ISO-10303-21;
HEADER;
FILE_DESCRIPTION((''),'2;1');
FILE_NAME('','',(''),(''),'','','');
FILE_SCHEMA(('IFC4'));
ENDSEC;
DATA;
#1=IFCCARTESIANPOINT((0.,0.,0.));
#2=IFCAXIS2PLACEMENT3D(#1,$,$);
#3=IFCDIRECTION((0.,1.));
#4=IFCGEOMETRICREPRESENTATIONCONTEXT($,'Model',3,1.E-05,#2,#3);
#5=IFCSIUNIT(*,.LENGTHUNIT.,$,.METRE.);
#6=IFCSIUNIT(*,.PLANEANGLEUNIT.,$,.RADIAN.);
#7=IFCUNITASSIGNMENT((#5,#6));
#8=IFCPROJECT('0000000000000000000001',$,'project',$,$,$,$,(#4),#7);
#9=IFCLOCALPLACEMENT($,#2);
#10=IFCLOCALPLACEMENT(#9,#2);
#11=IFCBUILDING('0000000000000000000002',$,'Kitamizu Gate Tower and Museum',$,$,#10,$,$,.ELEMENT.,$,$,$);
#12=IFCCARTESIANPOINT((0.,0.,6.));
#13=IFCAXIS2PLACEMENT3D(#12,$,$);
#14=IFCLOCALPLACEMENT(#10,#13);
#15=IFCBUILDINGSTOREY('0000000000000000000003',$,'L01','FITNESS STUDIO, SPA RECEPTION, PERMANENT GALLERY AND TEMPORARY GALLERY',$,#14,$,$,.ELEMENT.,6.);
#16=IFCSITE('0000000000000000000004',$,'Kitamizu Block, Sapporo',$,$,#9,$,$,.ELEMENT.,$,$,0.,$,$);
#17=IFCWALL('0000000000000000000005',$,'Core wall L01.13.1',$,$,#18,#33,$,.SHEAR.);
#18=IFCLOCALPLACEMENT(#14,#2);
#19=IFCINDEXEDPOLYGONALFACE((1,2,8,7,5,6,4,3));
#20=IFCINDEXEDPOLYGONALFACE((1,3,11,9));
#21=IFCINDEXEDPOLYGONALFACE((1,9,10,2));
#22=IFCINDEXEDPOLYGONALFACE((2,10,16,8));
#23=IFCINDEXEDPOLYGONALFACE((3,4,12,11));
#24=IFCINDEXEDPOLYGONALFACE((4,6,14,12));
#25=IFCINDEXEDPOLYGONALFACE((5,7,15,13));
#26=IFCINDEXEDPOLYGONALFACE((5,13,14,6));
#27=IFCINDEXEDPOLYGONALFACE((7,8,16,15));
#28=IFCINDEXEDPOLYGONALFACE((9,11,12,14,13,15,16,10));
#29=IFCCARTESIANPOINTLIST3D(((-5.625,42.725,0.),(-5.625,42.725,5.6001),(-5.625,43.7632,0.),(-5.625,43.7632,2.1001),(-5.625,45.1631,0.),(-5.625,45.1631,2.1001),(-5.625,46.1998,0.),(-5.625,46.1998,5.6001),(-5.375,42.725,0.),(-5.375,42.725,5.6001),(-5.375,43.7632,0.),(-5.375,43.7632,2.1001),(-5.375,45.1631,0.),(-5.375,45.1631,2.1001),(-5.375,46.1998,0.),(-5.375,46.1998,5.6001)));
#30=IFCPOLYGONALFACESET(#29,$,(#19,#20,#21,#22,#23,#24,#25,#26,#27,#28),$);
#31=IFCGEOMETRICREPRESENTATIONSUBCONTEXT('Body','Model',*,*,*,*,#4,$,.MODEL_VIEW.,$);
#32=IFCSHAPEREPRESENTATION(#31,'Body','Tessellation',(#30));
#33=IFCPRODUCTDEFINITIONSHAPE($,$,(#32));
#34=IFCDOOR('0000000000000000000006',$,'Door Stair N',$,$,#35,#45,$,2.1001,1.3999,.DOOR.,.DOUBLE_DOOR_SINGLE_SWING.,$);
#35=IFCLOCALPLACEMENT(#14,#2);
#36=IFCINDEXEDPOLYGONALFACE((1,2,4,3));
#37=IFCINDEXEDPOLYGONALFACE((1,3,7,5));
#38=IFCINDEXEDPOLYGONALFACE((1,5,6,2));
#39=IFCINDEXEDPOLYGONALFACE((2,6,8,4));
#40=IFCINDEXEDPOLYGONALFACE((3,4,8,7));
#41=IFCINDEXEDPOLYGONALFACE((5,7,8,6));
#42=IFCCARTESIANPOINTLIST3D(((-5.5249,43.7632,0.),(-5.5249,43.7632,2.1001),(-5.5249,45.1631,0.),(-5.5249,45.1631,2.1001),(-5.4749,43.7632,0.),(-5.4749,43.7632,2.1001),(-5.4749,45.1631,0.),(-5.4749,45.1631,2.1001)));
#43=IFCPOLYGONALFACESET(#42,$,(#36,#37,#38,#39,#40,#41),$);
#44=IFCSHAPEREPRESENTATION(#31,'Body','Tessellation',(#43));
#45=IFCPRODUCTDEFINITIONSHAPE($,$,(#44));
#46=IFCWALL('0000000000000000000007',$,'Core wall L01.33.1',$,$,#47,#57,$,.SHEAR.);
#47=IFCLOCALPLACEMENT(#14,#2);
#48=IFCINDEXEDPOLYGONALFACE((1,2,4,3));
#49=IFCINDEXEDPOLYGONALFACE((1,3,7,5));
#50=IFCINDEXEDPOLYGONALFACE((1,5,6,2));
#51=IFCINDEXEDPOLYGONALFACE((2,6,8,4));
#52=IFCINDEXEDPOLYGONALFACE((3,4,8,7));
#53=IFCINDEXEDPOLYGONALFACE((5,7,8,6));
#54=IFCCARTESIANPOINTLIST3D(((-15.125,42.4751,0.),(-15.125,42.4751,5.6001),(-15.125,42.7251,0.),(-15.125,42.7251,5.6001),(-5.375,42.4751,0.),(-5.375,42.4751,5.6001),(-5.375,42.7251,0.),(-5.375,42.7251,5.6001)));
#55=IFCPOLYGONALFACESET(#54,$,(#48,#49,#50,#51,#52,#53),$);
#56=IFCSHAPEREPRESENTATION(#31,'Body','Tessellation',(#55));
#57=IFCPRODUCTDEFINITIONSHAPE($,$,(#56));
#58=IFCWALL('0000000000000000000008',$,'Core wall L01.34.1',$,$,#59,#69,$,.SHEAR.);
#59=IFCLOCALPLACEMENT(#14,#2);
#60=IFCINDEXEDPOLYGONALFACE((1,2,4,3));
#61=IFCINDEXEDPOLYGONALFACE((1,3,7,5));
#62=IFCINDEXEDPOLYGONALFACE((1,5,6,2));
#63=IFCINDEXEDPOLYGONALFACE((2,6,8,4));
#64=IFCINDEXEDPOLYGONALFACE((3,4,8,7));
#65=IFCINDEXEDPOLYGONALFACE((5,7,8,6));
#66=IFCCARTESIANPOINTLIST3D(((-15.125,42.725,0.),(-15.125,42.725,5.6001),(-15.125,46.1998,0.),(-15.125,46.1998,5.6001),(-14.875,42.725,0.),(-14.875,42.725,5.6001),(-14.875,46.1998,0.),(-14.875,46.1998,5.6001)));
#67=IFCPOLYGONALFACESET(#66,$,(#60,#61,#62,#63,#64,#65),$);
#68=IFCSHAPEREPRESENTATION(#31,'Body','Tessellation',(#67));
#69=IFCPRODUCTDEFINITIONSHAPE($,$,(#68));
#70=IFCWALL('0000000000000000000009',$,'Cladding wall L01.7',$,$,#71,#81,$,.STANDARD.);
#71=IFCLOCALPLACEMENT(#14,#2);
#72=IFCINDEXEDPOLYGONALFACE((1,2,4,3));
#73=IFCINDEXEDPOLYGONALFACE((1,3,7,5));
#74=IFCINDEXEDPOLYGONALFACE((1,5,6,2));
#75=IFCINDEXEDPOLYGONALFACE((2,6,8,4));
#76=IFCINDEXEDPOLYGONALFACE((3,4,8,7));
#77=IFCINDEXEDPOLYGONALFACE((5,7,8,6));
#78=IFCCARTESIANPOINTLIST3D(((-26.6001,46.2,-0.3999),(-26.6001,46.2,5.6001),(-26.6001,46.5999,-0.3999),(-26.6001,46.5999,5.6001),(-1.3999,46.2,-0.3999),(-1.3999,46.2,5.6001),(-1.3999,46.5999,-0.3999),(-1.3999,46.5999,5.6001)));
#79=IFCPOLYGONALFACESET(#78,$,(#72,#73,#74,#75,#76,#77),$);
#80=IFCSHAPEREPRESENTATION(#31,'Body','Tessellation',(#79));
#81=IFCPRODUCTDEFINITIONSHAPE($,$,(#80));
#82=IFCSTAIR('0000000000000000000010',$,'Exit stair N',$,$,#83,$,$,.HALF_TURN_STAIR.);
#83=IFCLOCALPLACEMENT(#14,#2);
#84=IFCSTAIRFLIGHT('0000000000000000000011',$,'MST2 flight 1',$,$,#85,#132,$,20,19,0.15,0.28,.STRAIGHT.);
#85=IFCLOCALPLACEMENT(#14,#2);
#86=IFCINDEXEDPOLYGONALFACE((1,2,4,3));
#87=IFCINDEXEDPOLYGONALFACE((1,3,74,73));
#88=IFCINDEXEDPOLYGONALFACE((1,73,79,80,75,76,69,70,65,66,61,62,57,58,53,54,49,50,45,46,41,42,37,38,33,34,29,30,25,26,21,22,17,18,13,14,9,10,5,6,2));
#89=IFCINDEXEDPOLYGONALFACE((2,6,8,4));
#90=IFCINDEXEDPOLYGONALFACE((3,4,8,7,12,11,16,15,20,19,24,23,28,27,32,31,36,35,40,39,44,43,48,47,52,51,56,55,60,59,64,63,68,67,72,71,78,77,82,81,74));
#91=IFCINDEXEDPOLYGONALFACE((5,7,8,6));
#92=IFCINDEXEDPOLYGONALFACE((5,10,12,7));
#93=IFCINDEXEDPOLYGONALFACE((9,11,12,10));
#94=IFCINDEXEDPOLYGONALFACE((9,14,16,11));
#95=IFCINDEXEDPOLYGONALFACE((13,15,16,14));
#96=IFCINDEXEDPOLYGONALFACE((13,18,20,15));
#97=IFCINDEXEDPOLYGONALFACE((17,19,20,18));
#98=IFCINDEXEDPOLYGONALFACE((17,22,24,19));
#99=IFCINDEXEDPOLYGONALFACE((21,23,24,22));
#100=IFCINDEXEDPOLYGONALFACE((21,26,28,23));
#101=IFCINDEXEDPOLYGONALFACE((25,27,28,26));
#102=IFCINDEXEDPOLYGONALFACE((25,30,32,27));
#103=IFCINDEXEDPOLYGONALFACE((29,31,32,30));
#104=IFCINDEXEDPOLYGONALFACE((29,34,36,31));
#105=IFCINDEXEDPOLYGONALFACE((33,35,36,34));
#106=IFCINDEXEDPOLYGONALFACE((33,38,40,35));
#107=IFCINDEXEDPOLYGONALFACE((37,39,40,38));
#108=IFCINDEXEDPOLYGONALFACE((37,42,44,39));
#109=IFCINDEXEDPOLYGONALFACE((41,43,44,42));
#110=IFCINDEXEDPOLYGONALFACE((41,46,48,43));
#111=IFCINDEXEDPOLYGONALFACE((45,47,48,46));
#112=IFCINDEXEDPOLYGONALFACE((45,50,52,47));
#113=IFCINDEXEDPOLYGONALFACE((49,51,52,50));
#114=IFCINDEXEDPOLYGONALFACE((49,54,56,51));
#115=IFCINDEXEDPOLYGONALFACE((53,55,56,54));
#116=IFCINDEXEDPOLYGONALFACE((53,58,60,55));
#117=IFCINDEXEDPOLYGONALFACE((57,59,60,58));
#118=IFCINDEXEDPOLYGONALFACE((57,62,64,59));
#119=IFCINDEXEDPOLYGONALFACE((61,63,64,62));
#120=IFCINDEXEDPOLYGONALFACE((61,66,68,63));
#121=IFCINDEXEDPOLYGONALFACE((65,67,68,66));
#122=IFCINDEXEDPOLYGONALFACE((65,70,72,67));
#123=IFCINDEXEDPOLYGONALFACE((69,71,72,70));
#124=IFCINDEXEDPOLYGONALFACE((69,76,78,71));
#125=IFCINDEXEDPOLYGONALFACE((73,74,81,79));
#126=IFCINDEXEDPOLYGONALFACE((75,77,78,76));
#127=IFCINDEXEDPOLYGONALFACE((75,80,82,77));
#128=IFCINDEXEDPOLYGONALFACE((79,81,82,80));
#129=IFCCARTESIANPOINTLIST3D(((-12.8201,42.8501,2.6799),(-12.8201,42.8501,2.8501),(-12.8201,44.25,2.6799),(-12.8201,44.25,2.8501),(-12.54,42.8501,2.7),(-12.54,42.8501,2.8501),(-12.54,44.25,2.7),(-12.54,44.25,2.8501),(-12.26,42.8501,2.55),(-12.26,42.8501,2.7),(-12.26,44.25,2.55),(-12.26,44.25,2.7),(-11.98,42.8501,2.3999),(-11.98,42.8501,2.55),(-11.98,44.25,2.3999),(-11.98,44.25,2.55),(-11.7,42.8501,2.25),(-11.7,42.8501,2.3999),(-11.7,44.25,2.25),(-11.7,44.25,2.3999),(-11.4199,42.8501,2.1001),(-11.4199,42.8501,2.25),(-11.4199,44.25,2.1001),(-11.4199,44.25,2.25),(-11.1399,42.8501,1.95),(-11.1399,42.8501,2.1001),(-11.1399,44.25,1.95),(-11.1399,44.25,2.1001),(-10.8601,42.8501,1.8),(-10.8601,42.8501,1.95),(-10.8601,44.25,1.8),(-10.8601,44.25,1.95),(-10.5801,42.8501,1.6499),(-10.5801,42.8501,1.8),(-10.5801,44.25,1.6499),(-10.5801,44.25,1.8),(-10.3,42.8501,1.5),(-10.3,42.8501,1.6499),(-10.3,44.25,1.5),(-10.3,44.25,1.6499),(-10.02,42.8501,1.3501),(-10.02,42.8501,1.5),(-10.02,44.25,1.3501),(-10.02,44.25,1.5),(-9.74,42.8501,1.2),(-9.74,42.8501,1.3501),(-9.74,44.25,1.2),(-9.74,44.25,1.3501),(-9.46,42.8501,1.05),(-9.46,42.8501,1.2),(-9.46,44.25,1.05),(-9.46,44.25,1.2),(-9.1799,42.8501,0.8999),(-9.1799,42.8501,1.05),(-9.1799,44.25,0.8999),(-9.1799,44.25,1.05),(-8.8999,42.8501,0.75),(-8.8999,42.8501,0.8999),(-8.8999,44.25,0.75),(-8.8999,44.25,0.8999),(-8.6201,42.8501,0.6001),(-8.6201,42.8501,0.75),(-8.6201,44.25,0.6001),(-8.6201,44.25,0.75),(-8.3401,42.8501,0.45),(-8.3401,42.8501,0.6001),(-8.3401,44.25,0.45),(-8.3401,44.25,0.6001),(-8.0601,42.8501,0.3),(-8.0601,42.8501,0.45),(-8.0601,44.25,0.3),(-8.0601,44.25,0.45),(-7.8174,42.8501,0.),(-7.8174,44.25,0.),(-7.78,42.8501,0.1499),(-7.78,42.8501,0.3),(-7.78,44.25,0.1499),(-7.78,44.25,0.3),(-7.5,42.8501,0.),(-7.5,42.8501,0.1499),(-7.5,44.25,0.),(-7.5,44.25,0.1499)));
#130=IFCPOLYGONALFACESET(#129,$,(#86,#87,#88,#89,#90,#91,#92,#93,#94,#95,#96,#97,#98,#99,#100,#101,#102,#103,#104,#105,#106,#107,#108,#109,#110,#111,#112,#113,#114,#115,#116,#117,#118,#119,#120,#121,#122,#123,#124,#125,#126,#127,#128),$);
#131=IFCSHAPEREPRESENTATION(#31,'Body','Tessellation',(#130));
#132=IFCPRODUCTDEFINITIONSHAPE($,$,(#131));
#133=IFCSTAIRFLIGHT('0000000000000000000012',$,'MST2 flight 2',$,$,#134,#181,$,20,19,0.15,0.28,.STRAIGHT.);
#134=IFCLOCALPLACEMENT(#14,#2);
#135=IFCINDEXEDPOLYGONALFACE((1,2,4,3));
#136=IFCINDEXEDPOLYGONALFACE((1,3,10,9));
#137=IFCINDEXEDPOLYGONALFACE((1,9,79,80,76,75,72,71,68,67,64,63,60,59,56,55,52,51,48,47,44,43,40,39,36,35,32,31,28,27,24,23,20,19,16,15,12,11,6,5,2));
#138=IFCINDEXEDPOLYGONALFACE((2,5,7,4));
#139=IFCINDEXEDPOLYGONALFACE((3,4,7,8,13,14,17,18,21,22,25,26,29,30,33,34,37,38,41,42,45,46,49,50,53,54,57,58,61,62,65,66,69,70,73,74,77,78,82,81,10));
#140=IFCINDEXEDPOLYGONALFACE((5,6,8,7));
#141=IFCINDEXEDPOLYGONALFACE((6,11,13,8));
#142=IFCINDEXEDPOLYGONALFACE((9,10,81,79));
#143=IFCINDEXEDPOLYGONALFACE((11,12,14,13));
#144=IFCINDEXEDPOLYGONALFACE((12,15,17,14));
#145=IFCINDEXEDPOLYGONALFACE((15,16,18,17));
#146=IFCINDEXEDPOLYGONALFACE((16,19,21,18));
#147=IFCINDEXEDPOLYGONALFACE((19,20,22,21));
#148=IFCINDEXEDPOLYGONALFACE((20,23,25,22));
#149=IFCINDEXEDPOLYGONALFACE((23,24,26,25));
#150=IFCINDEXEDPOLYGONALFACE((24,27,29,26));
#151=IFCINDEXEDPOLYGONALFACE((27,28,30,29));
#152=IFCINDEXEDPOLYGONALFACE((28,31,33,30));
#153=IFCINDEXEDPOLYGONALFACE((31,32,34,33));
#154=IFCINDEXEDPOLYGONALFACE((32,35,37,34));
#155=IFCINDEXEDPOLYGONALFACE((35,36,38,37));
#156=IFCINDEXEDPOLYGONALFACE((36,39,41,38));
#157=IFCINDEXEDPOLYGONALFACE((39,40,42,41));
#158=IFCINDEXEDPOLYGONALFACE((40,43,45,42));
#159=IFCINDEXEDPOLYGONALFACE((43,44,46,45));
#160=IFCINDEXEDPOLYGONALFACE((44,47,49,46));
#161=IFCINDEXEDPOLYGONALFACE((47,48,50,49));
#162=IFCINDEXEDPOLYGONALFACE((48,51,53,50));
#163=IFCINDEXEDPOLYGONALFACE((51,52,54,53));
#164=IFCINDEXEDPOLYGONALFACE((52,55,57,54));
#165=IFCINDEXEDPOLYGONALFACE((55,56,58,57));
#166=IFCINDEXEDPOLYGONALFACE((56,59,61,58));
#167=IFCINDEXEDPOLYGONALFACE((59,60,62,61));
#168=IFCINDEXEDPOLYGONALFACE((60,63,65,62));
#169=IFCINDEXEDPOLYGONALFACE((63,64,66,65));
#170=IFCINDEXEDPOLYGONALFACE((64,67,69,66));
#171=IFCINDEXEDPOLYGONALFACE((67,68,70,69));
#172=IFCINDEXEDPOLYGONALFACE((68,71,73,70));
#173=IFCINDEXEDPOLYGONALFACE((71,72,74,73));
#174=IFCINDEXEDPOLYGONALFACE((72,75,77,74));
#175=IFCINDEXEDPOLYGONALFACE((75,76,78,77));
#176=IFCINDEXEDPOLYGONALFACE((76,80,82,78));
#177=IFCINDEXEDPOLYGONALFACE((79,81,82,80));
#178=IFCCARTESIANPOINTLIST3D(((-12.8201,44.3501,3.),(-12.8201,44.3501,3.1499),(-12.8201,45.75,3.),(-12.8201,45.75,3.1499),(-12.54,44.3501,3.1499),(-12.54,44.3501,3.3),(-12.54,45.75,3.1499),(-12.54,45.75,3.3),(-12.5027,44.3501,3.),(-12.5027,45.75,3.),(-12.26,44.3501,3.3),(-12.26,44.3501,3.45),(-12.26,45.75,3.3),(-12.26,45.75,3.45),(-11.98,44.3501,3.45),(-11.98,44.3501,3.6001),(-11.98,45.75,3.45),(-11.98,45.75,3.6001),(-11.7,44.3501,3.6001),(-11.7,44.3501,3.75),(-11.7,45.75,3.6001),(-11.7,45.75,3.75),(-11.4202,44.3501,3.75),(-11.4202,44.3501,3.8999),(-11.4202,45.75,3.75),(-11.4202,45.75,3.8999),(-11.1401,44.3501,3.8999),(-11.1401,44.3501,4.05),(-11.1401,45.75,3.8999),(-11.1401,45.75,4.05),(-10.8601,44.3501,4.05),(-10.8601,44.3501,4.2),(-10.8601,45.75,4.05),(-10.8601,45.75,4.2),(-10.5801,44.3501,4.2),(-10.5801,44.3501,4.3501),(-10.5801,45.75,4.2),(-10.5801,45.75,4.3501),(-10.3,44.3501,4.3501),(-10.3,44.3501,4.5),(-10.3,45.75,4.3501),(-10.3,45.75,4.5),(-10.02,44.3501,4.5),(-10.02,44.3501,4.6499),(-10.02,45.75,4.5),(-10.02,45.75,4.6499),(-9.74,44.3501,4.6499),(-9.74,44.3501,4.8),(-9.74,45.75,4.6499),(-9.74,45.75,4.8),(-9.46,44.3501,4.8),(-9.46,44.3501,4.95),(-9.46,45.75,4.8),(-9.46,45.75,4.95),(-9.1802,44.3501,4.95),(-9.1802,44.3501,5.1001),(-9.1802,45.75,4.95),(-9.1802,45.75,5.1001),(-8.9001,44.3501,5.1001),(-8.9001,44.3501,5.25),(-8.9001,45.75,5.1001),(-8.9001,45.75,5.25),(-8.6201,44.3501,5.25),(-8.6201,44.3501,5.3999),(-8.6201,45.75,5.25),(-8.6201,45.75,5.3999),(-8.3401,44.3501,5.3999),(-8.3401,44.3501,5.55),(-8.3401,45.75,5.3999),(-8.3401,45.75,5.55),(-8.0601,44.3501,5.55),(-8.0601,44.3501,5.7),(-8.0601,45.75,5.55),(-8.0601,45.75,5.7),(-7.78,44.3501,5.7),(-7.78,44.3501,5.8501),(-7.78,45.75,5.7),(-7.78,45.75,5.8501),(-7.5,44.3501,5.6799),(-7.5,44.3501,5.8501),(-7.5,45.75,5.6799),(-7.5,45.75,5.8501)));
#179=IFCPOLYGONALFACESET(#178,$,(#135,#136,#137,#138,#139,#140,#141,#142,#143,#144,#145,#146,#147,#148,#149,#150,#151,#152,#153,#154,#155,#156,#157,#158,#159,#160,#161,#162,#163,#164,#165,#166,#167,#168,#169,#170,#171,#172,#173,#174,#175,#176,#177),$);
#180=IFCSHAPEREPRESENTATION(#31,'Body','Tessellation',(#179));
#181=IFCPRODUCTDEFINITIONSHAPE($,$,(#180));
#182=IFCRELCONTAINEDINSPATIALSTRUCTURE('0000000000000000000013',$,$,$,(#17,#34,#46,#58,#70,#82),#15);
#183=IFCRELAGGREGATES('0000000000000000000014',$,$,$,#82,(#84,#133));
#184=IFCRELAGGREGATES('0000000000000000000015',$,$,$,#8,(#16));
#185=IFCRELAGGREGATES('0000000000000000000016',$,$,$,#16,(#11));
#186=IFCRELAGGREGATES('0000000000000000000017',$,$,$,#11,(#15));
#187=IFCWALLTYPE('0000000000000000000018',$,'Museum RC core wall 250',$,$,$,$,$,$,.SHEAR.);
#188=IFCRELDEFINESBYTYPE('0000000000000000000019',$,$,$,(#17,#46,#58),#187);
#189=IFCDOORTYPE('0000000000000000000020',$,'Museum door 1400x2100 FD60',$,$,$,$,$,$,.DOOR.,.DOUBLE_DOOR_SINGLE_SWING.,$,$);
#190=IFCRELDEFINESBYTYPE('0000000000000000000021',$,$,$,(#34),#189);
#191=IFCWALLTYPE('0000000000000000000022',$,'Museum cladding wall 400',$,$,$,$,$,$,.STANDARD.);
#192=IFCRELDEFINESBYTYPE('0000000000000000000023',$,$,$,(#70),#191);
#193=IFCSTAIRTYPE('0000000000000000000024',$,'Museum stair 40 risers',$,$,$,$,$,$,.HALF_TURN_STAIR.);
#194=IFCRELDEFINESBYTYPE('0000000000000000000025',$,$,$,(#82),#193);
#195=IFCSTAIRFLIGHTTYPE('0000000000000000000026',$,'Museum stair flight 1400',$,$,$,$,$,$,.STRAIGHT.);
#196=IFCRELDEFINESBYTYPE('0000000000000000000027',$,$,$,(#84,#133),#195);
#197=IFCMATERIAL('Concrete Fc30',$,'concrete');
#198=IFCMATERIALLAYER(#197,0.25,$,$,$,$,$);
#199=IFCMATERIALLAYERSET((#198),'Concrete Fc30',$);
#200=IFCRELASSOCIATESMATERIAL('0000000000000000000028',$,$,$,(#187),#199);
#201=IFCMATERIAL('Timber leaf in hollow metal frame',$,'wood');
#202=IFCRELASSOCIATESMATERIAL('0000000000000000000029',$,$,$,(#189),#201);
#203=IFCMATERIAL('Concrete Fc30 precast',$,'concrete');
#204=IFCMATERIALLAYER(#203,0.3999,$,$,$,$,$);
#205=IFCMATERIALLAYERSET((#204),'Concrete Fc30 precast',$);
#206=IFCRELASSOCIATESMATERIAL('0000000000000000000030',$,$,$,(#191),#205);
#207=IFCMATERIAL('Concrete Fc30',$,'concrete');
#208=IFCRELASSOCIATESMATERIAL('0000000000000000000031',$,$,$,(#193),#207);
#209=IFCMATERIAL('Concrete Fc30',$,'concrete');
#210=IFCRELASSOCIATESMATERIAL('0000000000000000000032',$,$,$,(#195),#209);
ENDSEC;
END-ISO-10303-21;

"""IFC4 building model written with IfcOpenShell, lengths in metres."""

from ifc_helpers import new_model, si_unit, direction, frame, frame_2d, origin, place, context, subcontext, project, spatial, polyline, rectangle, outline, extrude, material, layer, layer_set, type_object, element, fill, aggregate, save


model = new_model("IFC4")

# Units and contexts
model_context = context("Model", 3, precision=1e-05, world=origin(), true_north=direction((0.0, 1.0)))
body_context = subcontext(model_context, "Body", "Model", "MODEL_VIEW")
ifc_project = project(units=[si_unit("LENGTHUNIT", "METRE"), si_unit("PLANEANGLEUNIT", "RADIAN")], contexts=[model_context])

# Site, building, storey
site_placement = place(None, origin())
site = spatial("IfcSite", under=ifc_project, at=site_placement, Name="Kitamizu Block, Sapporo", CompositionType="ELEMENT", RefElevation=0.0)
building_placement = place(site_placement, origin())
building = spatial("IfcBuilding", under=site, at=building_placement, Name="Kitamizu Gate Tower and Museum", CompositionType="ELEMENT")
storey_placement = place(building_placement, frame((0.0, 0.0, 6.0)))
storey = spatial("IfcBuildingStorey", under=building, at=storey_placement, Name="L01", Description="FITNESS STUDIO, SPA RECEPTION, PERMANENT GALLERY AND TEMPORARY GALLERY", CompositionType="ELEMENT", Elevation=6.0)

# Wall, opening, door
ifc_material_1 = material(Name="Concrete Fc30", Category="concrete")
ifc_layer_1 = layer(ifc_material_1, 0.25)
ifc_layer_set_1 = layer_set([ifc_layer_1], Name="Concrete Fc30")
wall_type_1 = type_object("IfcWallType", Name="Museum RC core wall 250", PredefinedType="SHEAR", material=ifc_layer_set_1)
wall_1_placement = place(storey_placement, frame((-5.5, 42.7251, 0.0), z_axis=(0.0, 0.0, 1.0), x_axis=(0.0, 1.0, 0.0)))
wall_1 = element("IfcWall", 1, at=wall_1_placement, inside=storey, type_object=wall_type_1, Name="Core wall L01.13.1", PredefinedType="SHEAR", context=body_context, shape_type="SweptSolid", body=[
    extrude(rectangle(XDim=3.4749, YDim=0.25, at=frame_2d((1.7373, 0.0))), origin(), (0.0, 0.0, 1.0), 5.6001),
])
opening_placement = place(wall_1_placement, frame((1.0381, 0.0, 0.0)))
opening = element("IfcOpeningElement", 2, at=opening_placement, cuts=wall_1, PredefinedType="OPENING", context=body_context, shape_type="SweptSolid", body=[
    extrude(rectangle(XDim=1.3999, YDim=2.1001, at=frame_2d((0.7, 1.05))), frame((0.0, 0.135, 0.0), z_axis=(0.0, -1.0, 0.0), x_axis=(1.0, 0.0, 0.0)), (0.0, 0.0, 1.0), 0.27),
])
ifc_material_2 = material(Name="Timber leaf in hollow metal frame", Category="wood")
door_type = type_object("IfcDoorType", Name="Museum door 1400x2100 FD60", OperationType="DOUBLE_DOOR_SINGLE_SWING", PredefinedType="DOOR", material=ifc_material_2)
door_placement = place(opening_placement, origin())
door = element("IfcDoor", 3, at=door_placement, inside=storey, type_object=door_type, Name="Door Stair N", OperationType="DOUBLE_DOOR_SINGLE_SWING", OverallHeight=2.1001, OverallWidth=1.3999, PredefinedType="DOOR", context=body_context, shape_type="SweptSolid", body=[
    extrude(rectangle(XDim=1.3999, YDim=2.1001, at=frame_2d((0.7, 1.05))), frame((0.0, 0.0249, 0.0), z_axis=(0.0, -1.0, 0.0), x_axis=(1.0, 0.0, 0.0)), (0.0, 0.0, 1.0), 0.05),
])
fill(opening, door)

# Walls
wall_2_placement = place(storey_placement, frame((-15.125, 42.6001, 0.0), z_axis=(0.0, 0.0, 1.0), x_axis=(1.0, 0.0, 0.0)))
element("IfcWall", 4, at=wall_2_placement, inside=storey, type_object=wall_type_1, Name="Core wall L01.33.1", PredefinedType="SHEAR", context=body_context, shape_type="SweptSolid", body=[
    extrude(rectangle(XDim=9.75, YDim=0.25, at=frame_2d((4.875, 0.0))), origin(), (0.0, 0.0, 1.0), 5.6001),
])
wall_3_placement = place(storey_placement, frame((-15.0, 42.7251, 0.0), z_axis=(0.0, 0.0, 1.0), x_axis=(0.0, 1.0, 0.0)))
element("IfcWall", 5, at=wall_3_placement, inside=storey, type_object=wall_type_1, Name="Core wall L01.34.1", PredefinedType="SHEAR", context=body_context, shape_type="SweptSolid", body=[
    extrude(rectangle(XDim=3.4749, YDim=0.25, at=frame_2d((1.7373, 0.0))), origin(), (0.0, 0.0, 1.0), 5.6001),
])
ifc_material_3 = material(Name="Concrete Fc30 precast", Category="concrete")
ifc_layer_2 = layer(ifc_material_3, 0.3999)
ifc_layer_set_2 = layer_set([ifc_layer_2], Name="Concrete Fc30 precast")
wall_type_2 = type_object("IfcWallType", Name="Museum cladding wall 400", PredefinedType="STANDARD", material=ifc_layer_set_2)
wall_4_placement = place(storey_placement, frame((-26.6001, 46.3999, -0.3999), z_axis=(0.0, 0.0, 1.0), x_axis=(1.0, 0.0, 0.0)))
element("IfcWall", 6, at=wall_4_placement, inside=storey, type_object=wall_type_2, Name="Cladding wall L01.7", PredefinedType="STANDARD", context=body_context, shape_type="SweptSolid", body=[
    extrude(rectangle(XDim=25.2002, YDim=0.3999, at=frame_2d((12.6001, 0.0))), origin(), (0.0, 0.0, 1.0), 6.0),
])

# Stair, stair flights
ifc_material_4 = material(Name="Concrete Fc30", Category="concrete")
stair_type = type_object("IfcStairType", Name="Museum stair 40 risers", PredefinedType="HALF_TURN_STAIR", material=ifc_material_4)
stair_placement = place(storey_placement, origin())
stair = element("IfcStair", 7, at=stair_placement, inside=storey, type_object=stair_type, Name="Exit stair N", PredefinedType="HALF_TURN_STAIR")
ifc_material_5 = material(Name="Concrete Fc30", Category="concrete")
stair_flight_type = type_object("IfcStairFlightType", Name="Museum stair flight 1400", PredefinedType="STRAIGHT", material=ifc_material_5)
stair_flight_1_placement = place(storey_placement, frame((-7.5, 43.55, 0.0), z_axis=(0.0, 0.0, 1.0), x_axis=(-1.0, 0.0, 0.0)))
stair_flight_1 = element("IfcStairFlight", 8, at=stair_flight_1_placement, type_object=stair_flight_type, Name="MST2 flight 1", NumberOfRisers=20, NumberOfTreads=19, PredefinedType="STRAIGHT", RiserHeight=0.15, TreadLength=0.28, context=body_context, shape_type="SweptSolid", body=[
    extrude(outline(polyline([(0.0, 0.0), (0.0, 0.1499), (0.28, 0.1499), (0.28, 0.3), (0.5601, 0.3), (0.5601, 0.45), (0.8401, 0.45), (0.8401, 0.6001), (1.1201, 0.6001), (1.1201, 0.75), (1.3999, 0.75), (1.3999, 0.8999), (1.6799, 0.8999), (1.6799, 1.05), (1.96, 1.05), (1.96, 1.2), (2.24, 1.2), (2.24, 1.3501), (2.52, 1.3501), (2.52, 1.5), (2.8, 1.5), (2.8, 1.6499), (3.0801, 1.6499), (3.0801, 1.8), (3.3601, 1.8), (3.3601, 1.95), (3.6399, 1.95), (3.6399, 2.1001), (3.9199, 2.1001), (3.9199, 2.25), (4.2, 2.25), (4.2, 2.3999), (4.48, 2.3999), (4.48, 2.55), (4.76, 2.55), (4.76, 2.7), (5.04, 2.7), (5.04, 2.8501), (5.3201, 2.8501), (5.3201, 3.0), (5.3201, 2.6799), (0.3174, 0.0), (0.0, 0.0)])), frame((0.0, 0.7, 0.0), z_axis=(0.0, -1.0, 0.0), x_axis=(1.0, 0.0, 0.0)), (0.0, 0.0, 1.0), 1.3999),
])
stair_flight_2_placement = place(storey_placement, frame((-12.8201, 45.05, 3.0), z_axis=(0.0, 0.0, 1.0), x_axis=(1.0, 0.0, 0.0)))
stair_flight_2 = element("IfcStairFlight", 9, at=stair_flight_2_placement, type_object=stair_flight_type, Name="MST2 flight 2", NumberOfRisers=20, NumberOfTreads=19, PredefinedType="STRAIGHT", RiserHeight=0.15, TreadLength=0.28, context=body_context, shape_type="SweptSolid", body=[
    extrude(outline(polyline([(0.0, 0.0), (0.0, 0.1499), (0.28, 0.1499), (0.28, 0.3), (0.5601, 0.3), (0.5601, 0.45), (0.8401, 0.45), (0.8401, 0.6001), (1.1201, 0.6001), (1.1201, 0.75), (1.3999, 0.75), (1.3999, 0.8999), (1.6799, 0.8999), (1.6799, 1.05), (1.96, 1.05), (1.96, 1.2), (2.24, 1.2), (2.24, 1.3501), (2.52, 1.3501), (2.52, 1.5), (2.8, 1.5), (2.8, 1.6499), (3.0801, 1.6499), (3.0801, 1.8), (3.3601, 1.8), (3.3601, 1.95), (3.6399, 1.95), (3.6399, 2.1001), (3.9199, 2.1001), (3.9199, 2.25), (4.2, 2.25), (4.2, 2.3999), (4.48, 2.3999), (4.48, 2.55), (4.76, 2.55), (4.76, 2.7), (5.04, 2.7), (5.04, 2.8501), (5.3201, 2.8501), (5.3201, 3.0), (5.3201, 2.6799), (0.3174, 0.0), (0.0, 0.0)])), frame((0.0, 0.7, 0.0), z_axis=(0.0, -1.0, 0.0), x_axis=(1.0, 0.0, 0.0)), (0.0, 0.0, 1.0), 1.3999),
])
aggregate(stair, [stair_flight_1, stair_flight_2])

save(model, "model.ifc")
